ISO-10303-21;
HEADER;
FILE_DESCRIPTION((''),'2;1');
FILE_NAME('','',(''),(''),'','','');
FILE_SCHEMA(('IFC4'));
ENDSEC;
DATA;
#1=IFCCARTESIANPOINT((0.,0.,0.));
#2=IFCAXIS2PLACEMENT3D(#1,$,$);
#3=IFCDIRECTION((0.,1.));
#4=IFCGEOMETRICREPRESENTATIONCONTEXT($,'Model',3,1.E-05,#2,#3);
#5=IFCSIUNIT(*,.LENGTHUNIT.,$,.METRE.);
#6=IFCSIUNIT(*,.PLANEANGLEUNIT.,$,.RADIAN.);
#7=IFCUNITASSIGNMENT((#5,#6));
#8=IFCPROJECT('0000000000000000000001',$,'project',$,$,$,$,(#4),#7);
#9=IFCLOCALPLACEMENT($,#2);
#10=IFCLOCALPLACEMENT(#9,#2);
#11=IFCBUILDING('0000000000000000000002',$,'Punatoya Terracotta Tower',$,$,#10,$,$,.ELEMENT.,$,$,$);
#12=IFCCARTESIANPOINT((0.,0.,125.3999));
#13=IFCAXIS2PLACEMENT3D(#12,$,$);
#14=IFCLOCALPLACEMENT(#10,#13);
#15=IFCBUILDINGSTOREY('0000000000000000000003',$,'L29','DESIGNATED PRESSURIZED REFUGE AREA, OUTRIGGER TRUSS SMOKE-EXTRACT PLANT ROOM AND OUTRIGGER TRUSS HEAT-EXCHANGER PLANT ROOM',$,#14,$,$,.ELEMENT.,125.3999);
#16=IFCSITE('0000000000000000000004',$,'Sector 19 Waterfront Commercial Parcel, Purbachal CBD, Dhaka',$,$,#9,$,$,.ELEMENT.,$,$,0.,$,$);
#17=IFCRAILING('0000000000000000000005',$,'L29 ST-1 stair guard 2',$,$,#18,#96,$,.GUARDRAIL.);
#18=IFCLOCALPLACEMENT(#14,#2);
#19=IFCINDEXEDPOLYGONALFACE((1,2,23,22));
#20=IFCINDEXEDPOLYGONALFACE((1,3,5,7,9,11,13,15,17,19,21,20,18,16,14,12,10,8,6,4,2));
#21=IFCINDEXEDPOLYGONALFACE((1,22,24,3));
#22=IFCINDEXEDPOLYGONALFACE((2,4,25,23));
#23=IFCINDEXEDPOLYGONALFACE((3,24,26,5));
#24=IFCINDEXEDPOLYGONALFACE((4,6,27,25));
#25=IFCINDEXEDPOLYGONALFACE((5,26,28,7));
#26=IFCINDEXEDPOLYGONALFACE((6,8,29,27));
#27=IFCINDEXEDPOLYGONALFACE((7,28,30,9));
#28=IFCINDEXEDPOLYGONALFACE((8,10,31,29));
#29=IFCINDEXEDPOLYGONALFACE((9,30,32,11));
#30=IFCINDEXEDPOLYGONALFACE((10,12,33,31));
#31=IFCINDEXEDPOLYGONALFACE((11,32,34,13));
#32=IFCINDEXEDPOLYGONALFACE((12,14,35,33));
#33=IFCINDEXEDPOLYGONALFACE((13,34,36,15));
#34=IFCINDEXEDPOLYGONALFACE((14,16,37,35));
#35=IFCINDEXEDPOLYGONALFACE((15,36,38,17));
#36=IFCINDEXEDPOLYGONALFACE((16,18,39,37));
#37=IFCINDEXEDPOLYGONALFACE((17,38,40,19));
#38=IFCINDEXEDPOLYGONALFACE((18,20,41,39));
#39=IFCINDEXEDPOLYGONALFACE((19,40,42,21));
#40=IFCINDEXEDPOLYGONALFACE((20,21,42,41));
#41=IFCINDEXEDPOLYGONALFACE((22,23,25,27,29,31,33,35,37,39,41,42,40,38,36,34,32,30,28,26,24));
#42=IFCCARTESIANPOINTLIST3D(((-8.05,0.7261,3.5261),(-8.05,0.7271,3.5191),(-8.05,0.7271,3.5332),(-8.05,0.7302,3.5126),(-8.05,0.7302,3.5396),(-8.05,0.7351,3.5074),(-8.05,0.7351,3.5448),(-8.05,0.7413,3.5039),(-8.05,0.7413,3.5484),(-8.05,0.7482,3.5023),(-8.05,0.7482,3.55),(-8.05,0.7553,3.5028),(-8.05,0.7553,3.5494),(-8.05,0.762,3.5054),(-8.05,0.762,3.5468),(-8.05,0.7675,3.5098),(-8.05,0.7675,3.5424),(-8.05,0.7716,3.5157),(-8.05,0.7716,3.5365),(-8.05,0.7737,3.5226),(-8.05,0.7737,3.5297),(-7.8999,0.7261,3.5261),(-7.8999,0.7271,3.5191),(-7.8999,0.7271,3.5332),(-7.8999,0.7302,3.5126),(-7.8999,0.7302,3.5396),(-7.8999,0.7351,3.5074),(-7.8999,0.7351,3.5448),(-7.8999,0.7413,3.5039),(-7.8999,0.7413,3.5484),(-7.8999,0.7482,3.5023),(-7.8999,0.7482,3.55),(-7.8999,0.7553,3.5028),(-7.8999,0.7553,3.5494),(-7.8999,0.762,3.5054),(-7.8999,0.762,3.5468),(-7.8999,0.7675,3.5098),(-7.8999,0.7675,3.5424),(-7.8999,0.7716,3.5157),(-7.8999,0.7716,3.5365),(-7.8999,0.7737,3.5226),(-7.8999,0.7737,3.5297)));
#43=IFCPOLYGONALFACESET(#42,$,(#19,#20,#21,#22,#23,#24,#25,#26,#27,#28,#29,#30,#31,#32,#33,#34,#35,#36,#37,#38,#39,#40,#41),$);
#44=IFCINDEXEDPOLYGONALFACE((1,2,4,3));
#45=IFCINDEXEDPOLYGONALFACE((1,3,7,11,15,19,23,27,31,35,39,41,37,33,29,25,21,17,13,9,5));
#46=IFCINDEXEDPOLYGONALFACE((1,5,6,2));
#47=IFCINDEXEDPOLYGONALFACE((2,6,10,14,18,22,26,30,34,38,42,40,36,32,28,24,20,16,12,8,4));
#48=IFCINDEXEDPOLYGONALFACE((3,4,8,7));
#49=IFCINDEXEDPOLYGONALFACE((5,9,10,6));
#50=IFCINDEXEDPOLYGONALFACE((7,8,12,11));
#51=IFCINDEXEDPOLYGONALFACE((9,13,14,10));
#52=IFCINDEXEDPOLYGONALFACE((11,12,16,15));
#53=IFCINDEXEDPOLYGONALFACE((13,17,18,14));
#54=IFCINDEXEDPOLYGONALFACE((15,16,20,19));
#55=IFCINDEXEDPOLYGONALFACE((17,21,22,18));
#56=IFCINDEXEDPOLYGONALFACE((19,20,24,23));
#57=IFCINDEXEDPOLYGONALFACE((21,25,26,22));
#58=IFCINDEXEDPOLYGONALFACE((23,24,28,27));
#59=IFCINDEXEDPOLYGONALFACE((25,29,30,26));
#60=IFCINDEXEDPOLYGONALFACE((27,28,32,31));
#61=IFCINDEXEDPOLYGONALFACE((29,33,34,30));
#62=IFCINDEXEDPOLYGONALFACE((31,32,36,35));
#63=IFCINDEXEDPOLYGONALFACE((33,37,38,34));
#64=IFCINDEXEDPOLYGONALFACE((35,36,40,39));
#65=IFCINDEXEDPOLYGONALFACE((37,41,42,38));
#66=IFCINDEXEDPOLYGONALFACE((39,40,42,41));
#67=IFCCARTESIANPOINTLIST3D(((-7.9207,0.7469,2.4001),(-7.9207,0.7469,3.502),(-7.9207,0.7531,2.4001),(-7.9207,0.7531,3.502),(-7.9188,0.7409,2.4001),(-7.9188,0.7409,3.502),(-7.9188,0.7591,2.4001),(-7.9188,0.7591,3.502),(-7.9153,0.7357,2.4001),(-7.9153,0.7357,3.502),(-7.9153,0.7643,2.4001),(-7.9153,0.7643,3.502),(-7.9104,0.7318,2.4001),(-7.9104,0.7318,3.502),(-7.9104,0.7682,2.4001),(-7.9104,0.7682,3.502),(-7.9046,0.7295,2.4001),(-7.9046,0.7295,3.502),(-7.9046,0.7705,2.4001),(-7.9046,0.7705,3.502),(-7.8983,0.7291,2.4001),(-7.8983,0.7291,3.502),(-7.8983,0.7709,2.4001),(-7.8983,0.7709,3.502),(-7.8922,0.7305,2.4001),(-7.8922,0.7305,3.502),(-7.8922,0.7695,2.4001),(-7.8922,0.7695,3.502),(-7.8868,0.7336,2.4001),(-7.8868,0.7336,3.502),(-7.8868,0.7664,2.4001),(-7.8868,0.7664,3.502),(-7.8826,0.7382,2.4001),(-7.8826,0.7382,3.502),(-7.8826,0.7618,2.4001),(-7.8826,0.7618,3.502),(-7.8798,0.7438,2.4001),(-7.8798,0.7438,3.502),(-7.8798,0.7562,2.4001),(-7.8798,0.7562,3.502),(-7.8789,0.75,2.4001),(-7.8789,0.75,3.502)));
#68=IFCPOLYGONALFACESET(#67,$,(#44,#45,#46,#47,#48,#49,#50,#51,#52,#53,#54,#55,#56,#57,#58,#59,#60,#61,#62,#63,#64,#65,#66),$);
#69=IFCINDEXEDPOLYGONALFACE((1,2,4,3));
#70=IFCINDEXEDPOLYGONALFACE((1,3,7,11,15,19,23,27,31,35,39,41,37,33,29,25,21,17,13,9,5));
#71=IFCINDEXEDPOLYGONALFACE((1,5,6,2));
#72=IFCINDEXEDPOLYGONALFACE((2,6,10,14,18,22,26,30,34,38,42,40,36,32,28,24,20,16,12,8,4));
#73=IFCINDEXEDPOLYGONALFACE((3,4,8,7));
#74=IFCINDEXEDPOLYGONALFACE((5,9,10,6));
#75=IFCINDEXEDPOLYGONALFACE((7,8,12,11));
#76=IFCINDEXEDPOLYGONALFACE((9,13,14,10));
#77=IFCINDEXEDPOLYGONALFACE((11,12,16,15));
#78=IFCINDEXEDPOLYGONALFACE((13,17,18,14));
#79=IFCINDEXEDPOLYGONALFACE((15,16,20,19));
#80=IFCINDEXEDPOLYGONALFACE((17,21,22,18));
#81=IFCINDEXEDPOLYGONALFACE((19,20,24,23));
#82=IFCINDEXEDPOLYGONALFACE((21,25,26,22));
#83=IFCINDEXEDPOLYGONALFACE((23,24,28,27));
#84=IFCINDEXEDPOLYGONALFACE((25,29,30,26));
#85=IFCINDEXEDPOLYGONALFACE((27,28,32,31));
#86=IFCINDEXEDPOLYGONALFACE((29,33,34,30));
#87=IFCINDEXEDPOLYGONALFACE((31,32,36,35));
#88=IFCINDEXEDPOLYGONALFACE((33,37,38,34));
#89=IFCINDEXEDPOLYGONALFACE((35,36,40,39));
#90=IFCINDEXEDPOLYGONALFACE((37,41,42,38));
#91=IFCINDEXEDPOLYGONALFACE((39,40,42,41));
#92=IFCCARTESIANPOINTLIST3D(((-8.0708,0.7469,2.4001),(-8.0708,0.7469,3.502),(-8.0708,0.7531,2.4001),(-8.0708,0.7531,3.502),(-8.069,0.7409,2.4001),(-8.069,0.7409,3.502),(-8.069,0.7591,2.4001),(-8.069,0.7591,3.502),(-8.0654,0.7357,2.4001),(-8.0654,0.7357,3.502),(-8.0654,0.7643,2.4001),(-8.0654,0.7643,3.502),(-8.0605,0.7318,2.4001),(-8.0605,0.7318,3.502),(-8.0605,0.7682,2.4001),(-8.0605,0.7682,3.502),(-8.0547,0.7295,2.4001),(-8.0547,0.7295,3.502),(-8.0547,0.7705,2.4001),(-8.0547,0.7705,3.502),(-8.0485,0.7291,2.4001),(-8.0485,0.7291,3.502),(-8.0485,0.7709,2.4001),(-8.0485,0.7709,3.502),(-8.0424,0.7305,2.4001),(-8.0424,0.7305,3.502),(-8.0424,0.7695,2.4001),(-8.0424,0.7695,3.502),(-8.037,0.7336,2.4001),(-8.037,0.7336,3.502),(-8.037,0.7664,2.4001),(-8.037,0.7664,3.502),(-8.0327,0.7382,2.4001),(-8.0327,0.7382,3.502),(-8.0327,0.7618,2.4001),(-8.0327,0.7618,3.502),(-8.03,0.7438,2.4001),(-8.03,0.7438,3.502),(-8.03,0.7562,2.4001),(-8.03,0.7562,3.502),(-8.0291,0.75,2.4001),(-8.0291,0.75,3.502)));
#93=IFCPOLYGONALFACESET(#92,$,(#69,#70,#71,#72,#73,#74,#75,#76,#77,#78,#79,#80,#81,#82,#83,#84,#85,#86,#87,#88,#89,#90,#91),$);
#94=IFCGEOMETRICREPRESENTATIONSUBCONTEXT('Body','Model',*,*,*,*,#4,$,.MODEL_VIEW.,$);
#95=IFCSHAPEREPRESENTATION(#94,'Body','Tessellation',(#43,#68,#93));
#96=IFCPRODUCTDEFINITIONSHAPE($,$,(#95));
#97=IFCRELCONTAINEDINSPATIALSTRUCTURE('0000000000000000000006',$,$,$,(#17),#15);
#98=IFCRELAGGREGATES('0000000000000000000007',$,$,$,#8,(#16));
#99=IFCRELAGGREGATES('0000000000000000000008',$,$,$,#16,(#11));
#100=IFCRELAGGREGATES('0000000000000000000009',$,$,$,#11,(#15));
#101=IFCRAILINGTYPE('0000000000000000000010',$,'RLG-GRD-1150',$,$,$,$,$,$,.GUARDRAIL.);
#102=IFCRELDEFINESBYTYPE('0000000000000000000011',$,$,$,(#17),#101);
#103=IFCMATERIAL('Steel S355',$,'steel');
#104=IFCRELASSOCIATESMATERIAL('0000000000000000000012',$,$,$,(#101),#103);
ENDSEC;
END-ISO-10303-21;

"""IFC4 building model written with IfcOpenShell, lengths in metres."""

from ifc_helpers import new_model, si_unit, direction, frame, origin, origin_2d, place, context, subcontext, project, spatial, circle, extrude, material, type_object, element, save


model = new_model("IFC4")

# Units and contexts
model_context = context("Model", 3, precision=1e-05, world=origin(), true_north=direction((0.0, 1.0)))
body_context = subcontext(model_context, "Body", "Model", "MODEL_VIEW")
ifc_project = project(units=[si_unit("LENGTHUNIT", "METRE"), si_unit("PLANEANGLEUNIT", "RADIAN")], contexts=[model_context])

# Site, building, storey
site_placement = place(None, origin())
site = spatial("IfcSite", under=ifc_project, at=site_placement, Name="Sector 19 Waterfront Commercial Parcel, Purbachal CBD, Dhaka", CompositionType="ELEMENT", RefElevation=0.0)
building_placement = place(site_placement, origin())
building = spatial("IfcBuilding", under=site, at=building_placement, Name="Punatoya Terracotta Tower", CompositionType="ELEMENT")
storey_placement = place(building_placement, frame((0.0, 0.0, 125.3999)))
storey = spatial("IfcBuildingStorey", under=building, at=storey_placement, Name="L29", Description="DESIGNATED PRESSURIZED REFUGE AREA, OUTRIGGER TRUSS SMOKE-EXTRACT PLANT ROOM AND OUTRIGGER TRUSS HEAT-EXCHANGER PLANT ROOM", CompositionType="ELEMENT", Elevation=125.3999)

# Shared definitions
ifc_material_1 = material(Name="Steel S355", Category="steel")

# Railing
railing_type_1 = type_object("IfcRailingType", Name="RLG-GRD-1150", PredefinedType="GUARDRAIL", material=ifc_material_1)
railing_1_placement = place(storey_placement, frame((-7.8999, 0.75, 2.4001)))
element("IfcRailing", 1, at=railing_1_placement, inside=storey, type_object=railing_type_1, Name="L29 ST-1 stair guard 2", PredefinedType="GUARDRAIL", context=body_context, shape_type="SweptSolid", body=[
    extrude(circle(Radius=0.0239, at=origin_2d()), frame((0.0, 0.0, 1.126), z_axis=(-1.0, 0.0, 0.0), x_axis=(0.0, -1.0, 0.0)), (0.0, 0.0, 1.0), 0.1501),
    extrude(circle(Radius=0.021, at=origin_2d()), origin(), (0.0, 0.0, 1.0), 1.1018),
    extrude(circle(Radius=0.021, at=origin_2d()), frame((-0.1501, 0.0, 0.0)), (0.0, 0.0, 1.0), 1.1018),
])

save(model, "model.ifc")
